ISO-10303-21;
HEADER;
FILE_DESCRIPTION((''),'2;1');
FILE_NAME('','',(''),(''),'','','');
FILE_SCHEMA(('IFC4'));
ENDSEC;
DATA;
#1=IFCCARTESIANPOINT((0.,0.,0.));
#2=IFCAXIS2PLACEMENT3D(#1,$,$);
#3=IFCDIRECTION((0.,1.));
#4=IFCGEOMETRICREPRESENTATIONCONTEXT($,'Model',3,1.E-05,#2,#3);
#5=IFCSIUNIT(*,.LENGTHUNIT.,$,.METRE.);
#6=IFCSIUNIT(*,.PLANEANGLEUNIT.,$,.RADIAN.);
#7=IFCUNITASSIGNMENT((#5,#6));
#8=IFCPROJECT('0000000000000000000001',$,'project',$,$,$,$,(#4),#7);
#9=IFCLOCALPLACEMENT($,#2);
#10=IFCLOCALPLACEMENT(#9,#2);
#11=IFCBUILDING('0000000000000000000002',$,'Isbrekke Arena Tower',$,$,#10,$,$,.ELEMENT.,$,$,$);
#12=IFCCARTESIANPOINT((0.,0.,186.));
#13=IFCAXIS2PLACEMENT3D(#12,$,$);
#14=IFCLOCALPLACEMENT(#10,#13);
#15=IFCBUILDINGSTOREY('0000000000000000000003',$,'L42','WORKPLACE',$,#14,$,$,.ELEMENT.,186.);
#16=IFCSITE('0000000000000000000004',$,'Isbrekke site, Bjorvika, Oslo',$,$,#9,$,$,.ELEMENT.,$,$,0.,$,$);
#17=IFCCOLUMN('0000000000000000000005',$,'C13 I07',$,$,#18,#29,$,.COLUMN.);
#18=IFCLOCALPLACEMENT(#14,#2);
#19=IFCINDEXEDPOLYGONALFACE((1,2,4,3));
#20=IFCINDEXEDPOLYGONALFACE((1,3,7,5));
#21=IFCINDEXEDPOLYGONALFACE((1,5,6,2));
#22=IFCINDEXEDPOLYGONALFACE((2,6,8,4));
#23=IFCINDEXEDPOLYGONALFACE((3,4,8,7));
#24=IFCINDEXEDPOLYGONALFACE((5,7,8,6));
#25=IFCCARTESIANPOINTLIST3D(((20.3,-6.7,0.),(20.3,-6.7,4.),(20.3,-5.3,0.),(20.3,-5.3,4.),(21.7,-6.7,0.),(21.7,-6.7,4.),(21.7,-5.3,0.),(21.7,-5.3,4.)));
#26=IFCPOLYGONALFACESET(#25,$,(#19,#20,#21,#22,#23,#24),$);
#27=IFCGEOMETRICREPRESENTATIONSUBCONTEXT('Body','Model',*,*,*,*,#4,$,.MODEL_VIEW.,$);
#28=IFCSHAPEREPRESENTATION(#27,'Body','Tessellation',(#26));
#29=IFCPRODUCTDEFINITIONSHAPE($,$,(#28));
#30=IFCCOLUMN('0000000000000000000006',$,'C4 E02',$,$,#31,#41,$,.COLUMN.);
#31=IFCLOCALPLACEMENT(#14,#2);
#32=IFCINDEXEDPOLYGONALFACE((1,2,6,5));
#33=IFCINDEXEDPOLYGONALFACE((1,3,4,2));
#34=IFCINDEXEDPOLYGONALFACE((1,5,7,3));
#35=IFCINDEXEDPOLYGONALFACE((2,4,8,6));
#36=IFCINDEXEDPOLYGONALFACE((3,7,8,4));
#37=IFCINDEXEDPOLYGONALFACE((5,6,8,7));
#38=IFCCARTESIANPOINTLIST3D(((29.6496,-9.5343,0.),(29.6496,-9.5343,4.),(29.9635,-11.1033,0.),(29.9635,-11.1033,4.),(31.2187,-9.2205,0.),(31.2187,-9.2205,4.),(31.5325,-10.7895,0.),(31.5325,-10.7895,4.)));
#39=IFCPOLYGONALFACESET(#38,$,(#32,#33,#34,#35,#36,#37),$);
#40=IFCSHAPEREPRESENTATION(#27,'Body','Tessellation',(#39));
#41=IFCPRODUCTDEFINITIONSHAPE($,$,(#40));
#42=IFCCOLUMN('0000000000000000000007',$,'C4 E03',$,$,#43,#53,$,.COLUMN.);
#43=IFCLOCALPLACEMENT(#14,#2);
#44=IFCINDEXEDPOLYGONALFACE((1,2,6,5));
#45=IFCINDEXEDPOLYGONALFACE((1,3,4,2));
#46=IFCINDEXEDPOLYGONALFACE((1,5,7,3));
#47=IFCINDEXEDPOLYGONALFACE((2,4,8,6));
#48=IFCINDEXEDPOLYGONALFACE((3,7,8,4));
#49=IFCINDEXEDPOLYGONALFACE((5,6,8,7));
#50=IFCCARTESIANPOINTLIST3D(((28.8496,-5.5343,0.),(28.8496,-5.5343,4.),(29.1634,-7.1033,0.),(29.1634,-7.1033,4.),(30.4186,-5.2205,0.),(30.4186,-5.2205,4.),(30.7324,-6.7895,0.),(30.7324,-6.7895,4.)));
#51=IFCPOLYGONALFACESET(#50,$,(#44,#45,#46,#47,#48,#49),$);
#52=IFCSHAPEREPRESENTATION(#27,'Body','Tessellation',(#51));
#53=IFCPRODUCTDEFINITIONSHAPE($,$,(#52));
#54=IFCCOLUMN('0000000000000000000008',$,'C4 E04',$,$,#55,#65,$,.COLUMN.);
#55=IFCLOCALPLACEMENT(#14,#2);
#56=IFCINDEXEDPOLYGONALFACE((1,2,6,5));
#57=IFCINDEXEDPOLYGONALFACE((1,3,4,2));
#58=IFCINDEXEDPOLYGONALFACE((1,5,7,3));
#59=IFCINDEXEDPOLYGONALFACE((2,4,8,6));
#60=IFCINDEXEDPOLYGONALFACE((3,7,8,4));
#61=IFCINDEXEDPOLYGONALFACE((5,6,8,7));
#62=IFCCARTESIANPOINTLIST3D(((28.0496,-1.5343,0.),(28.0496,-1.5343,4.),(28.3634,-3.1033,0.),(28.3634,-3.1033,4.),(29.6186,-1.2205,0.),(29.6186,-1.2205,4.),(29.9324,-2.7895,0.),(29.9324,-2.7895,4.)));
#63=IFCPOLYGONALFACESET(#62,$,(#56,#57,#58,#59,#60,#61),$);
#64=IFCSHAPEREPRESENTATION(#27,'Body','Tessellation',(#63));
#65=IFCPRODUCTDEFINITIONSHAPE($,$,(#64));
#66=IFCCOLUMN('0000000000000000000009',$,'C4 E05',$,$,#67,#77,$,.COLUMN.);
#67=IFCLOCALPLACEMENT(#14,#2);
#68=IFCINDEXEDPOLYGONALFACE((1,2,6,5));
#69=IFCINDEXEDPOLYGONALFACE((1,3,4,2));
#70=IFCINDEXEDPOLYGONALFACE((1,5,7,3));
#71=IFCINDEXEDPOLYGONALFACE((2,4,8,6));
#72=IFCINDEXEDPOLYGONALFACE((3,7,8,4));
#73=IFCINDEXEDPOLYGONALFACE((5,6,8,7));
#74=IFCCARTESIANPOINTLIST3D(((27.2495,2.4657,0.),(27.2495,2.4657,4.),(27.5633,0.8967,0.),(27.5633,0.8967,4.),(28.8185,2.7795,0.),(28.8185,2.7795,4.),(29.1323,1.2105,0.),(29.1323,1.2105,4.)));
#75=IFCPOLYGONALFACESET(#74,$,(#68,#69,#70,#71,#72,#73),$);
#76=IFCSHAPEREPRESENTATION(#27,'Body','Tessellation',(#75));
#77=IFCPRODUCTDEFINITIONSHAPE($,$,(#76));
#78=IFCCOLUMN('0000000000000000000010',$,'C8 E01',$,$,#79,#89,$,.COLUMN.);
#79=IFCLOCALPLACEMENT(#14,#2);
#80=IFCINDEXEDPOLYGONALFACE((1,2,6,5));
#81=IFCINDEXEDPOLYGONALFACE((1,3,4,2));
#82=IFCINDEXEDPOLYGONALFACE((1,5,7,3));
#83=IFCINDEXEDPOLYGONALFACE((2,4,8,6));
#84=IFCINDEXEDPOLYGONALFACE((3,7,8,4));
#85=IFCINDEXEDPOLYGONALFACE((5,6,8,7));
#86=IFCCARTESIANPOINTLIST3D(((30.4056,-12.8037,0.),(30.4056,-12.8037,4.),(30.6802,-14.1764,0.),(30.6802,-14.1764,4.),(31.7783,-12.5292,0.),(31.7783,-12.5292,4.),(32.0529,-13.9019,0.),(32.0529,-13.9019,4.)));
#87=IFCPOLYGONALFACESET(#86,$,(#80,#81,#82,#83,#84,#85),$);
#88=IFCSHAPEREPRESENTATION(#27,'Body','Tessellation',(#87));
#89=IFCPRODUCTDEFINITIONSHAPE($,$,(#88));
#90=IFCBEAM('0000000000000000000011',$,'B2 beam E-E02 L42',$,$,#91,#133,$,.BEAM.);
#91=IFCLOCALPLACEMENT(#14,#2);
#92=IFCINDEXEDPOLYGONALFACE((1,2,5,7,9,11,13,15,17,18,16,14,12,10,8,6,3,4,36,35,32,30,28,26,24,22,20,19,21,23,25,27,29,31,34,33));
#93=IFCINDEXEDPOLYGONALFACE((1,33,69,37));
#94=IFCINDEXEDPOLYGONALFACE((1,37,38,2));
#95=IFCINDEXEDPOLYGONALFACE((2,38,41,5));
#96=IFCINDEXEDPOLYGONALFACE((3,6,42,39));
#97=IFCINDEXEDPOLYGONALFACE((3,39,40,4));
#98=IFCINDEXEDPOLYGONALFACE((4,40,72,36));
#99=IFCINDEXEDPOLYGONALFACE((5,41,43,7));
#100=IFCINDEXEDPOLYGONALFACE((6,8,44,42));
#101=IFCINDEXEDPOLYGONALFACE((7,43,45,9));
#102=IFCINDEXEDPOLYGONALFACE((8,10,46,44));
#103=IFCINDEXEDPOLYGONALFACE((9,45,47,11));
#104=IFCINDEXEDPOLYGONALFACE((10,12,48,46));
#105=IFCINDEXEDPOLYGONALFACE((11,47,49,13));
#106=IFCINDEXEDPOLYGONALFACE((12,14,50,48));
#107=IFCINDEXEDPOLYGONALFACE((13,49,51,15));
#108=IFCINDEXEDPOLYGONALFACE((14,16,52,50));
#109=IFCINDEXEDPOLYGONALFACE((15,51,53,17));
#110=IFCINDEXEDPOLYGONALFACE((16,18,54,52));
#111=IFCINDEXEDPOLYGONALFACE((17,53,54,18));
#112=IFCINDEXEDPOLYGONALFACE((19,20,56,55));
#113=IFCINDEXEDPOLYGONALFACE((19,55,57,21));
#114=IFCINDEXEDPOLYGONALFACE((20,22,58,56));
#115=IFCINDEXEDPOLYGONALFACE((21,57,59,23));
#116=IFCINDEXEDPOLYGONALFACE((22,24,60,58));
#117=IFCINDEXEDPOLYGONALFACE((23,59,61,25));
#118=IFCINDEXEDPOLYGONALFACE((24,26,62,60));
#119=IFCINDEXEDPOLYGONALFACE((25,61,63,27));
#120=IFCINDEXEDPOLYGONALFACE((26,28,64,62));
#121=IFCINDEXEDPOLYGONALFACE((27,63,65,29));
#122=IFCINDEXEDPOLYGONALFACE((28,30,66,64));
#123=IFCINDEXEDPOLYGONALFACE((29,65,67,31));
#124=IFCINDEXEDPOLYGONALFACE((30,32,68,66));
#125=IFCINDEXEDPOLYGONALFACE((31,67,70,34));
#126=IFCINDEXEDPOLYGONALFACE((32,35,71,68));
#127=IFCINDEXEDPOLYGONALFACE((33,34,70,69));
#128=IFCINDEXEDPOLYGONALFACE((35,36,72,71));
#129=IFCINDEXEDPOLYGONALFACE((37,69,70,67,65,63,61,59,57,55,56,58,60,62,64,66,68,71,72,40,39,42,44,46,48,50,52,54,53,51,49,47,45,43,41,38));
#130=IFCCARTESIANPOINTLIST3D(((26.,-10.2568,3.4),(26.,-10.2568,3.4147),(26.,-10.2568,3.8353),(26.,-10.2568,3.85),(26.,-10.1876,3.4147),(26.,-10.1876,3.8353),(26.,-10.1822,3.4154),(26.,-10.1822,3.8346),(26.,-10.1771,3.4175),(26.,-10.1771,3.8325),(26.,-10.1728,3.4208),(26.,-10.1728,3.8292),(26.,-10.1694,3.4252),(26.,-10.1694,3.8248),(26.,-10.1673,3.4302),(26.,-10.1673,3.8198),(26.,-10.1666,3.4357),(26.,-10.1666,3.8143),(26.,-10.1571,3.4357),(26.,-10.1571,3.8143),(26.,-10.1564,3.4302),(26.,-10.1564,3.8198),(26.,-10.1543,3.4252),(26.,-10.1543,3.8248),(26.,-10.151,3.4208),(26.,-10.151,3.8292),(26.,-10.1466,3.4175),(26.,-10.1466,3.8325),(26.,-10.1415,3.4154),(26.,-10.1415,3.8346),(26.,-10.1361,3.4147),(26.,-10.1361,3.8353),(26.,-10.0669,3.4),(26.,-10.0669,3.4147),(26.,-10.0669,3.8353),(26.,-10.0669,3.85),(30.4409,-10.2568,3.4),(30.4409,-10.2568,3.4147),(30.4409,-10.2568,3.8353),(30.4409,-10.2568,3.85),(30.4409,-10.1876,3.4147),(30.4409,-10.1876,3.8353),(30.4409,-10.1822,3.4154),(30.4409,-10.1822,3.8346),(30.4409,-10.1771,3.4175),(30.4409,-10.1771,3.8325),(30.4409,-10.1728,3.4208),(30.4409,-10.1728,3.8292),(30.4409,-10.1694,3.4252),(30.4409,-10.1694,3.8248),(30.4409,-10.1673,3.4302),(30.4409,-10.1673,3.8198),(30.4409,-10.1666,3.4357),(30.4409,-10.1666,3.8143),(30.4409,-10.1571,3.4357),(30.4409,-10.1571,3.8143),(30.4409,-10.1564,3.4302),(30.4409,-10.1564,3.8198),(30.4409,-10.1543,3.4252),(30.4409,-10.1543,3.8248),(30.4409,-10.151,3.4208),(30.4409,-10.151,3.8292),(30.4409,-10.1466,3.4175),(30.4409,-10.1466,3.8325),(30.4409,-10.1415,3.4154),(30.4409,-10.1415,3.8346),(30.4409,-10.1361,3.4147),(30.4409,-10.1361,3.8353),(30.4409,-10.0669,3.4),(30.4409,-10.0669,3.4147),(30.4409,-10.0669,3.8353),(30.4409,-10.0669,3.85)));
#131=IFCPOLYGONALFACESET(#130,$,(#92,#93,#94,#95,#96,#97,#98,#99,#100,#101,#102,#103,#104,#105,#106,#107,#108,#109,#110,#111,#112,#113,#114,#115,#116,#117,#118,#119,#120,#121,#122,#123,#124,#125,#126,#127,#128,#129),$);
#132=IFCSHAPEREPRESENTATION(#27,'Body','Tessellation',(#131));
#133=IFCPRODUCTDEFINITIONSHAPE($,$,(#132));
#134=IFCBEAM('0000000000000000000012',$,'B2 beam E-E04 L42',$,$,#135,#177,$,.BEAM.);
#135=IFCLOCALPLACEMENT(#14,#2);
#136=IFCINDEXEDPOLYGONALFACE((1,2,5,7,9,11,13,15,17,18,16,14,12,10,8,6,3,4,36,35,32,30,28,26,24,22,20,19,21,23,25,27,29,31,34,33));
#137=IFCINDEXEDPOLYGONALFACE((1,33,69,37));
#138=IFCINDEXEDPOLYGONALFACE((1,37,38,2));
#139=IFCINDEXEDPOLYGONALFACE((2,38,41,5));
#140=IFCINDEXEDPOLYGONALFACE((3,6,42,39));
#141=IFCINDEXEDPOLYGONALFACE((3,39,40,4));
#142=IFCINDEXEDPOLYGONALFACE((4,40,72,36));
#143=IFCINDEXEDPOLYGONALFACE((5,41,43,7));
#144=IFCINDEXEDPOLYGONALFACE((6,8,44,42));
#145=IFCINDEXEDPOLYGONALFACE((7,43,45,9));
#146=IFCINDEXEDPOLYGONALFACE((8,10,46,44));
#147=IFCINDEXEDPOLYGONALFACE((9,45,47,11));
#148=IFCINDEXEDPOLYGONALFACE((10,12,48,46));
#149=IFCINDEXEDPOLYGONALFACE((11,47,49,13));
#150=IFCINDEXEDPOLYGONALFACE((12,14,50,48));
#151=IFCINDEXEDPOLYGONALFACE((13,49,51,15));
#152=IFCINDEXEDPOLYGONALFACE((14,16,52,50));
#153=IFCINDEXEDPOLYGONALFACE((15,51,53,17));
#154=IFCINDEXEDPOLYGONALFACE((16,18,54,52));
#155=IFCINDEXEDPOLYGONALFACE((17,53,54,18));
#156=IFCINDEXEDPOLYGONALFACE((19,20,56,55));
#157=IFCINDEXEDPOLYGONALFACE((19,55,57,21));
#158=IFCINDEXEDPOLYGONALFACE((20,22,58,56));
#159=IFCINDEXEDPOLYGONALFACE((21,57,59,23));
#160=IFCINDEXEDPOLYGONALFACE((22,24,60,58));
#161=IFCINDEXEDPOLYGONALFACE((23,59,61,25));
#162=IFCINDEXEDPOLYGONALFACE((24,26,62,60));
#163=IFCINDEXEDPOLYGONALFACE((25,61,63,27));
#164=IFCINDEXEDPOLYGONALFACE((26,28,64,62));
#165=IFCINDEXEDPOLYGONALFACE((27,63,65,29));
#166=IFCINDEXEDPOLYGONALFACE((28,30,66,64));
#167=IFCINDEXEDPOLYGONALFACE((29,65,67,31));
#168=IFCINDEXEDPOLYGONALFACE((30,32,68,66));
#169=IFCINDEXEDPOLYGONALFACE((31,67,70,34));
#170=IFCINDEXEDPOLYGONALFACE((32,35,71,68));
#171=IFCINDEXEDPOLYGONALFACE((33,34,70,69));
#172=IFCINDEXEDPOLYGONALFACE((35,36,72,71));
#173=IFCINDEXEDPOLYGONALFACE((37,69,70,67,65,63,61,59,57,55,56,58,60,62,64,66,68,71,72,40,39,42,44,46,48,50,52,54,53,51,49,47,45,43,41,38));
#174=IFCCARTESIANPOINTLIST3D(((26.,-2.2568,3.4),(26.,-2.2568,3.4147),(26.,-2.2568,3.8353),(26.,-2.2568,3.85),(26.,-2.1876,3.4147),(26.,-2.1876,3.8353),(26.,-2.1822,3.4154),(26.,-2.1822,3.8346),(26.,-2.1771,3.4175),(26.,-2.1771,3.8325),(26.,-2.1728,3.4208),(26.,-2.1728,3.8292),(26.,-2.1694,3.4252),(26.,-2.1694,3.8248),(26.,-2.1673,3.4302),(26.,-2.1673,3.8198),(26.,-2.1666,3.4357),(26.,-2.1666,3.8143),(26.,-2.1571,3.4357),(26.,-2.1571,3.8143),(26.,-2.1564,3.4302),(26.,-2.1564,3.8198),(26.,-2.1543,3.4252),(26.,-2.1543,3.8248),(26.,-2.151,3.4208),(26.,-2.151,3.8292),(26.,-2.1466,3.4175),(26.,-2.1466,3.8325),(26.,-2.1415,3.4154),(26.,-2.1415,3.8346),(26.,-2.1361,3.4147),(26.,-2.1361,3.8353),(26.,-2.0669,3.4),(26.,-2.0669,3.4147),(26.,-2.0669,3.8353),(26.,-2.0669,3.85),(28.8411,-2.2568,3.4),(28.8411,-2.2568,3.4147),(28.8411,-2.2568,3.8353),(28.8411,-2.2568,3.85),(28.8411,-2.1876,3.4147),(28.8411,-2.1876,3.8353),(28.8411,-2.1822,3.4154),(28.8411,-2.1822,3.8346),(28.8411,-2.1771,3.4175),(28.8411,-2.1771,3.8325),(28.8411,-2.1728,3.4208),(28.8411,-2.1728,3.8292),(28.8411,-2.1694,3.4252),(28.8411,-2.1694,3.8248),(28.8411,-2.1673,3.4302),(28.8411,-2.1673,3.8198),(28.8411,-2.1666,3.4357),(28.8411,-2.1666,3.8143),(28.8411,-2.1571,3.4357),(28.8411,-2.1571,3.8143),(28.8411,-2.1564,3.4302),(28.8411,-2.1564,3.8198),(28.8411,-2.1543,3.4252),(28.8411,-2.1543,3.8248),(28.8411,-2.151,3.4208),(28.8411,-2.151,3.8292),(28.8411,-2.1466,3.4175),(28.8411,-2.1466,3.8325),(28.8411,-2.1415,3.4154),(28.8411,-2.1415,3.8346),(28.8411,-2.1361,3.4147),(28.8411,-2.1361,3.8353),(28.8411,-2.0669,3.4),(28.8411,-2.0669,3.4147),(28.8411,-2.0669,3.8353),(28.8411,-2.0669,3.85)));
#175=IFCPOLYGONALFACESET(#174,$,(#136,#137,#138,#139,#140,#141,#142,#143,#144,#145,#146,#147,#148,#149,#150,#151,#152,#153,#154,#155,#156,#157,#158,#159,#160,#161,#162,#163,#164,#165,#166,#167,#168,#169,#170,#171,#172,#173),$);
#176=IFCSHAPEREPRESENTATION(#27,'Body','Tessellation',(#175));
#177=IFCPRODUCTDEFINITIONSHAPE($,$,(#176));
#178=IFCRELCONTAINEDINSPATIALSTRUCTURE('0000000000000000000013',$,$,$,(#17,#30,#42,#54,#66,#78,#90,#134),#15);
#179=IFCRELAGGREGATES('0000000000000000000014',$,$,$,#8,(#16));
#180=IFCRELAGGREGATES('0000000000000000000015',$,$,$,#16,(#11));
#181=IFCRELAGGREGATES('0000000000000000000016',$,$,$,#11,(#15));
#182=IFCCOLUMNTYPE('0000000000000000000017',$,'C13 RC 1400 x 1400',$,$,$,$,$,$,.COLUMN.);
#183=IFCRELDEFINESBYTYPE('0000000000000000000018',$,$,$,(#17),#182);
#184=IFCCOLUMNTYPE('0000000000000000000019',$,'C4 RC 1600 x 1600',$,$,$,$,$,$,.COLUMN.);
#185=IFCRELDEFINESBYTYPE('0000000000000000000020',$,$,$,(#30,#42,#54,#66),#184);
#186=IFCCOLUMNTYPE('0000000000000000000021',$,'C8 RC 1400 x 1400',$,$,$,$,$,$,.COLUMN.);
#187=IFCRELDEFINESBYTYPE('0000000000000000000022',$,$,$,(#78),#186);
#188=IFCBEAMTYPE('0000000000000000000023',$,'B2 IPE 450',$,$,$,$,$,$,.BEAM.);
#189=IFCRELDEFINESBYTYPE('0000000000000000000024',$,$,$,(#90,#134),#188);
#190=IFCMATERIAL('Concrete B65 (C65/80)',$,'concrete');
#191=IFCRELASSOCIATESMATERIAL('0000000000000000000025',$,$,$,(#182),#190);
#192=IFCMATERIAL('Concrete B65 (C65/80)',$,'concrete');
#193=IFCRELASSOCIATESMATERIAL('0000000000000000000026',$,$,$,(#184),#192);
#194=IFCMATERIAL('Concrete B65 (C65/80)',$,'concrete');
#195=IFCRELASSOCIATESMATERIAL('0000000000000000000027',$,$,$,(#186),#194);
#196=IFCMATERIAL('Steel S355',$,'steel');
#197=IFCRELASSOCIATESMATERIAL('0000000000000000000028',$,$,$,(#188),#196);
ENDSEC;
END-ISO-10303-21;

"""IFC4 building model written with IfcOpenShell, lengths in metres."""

from ifc_helpers import new_model, si_unit, direction, frame, origin, origin_2d, place, context, subcontext, project, spatial, rectangle, i_section, extrude, material, material_profile, profile_set, type_object, element, save


model = new_model("IFC4")

# Units and contexts
model_context = context("Model", 3, precision=1e-05, world=origin(), true_north=direction((0.0, 1.0)))
body_context = subcontext(model_context, "Body", "Model", "MODEL_VIEW")
ifc_project = project(units=[si_unit("LENGTHUNIT", "METRE"), si_unit("PLANEANGLEUNIT", "RADIAN")], contexts=[model_context])

# Site, building, storey
site_placement = place(None, origin())
site = spatial("IfcSite", under=ifc_project, at=site_placement, Name="Isbrekke site, Bjorvika, Oslo", CompositionType="ELEMENT", RefElevation=0.0)
building_placement = place(site_placement, origin())
building = spatial("IfcBuilding", under=site, at=building_placement, Name="Isbrekke Arena Tower", CompositionType="ELEMENT")
storey_placement = place(building_placement, frame((0.0, 0.0, 186.0)))
storey = spatial("IfcBuildingStorey", under=building, at=storey_placement, Name="L42", Description="WORKPLACE", CompositionType="ELEMENT", Elevation=186.0)

# Columns
ifc_material_1 = material(Name="Concrete B65 (C65/80)", Category="concrete")
ifc_material_profile_1 = material_profile(ifc_material_1, rectangle(XDim=1.3999, YDim=1.3999, at=origin_2d()), Name="RC 1400x1400")
ifc_profile_set_1 = profile_set([ifc_material_profile_1], Name="Concrete B65 (C65/80)")
column_type_1 = type_object("IfcColumnType", Name="C13 RC 1400 x 1400", PredefinedType="COLUMN", material=ifc_profile_set_1)
column_1_placement = place(storey_placement, frame((21.0, -6.0, 0.0), z_axis=(0.0, 0.0, 1.0), x_axis=(1.0, 0.0, 0.0)))
element("IfcColumn", 1, at=column_1_placement, inside=storey, type_object=column_type_1, Name="C13 I07", PredefinedType="COLUMN", context=body_context, shape_type="SweptSolid", body=[
    extrude(rectangle(XDim=1.3999, YDim=1.3999, at=origin_2d()), origin(), (0.0, 0.0, 1.0), 4.0),
])
ifc_material_2 = material(Name="Concrete B65 (C65/80)", Category="concrete")
ifc_material_profile_2 = material_profile(ifc_material_2, rectangle(XDim=1.6001, YDim=1.6001, at=origin_2d()), Name="RC 1600x1600")
ifc_profile_set_2 = profile_set([ifc_material_profile_2], Name="Concrete B65 (C65/80)")
column_type_2 = type_object("IfcColumnType", Name="C4 RC 1600 x 1600", PredefinedType="COLUMN", material=ifc_profile_set_2)
for number, where, z_axis, x_axis, name in (
    (2, (30.5911, -10.1619, 0.0), (0.0, 0.0, 1.0), (-0.196116, 0.980581, 0.0), "C4 E02"),
    (3, (29.791, -6.1619, 0.0), (0.0, 0.0, 1.0), (-0.196116, 0.980581, 0.0), "C4 E03"),
    (4, (28.991, -2.1619, 0.0), (0.0, 0.0, 1.0), (-0.196116, 0.980581, 0.0), "C4 E04"),
    (5, (28.1909, 1.8381, 0.0), (0.0, 0.0, 1.0), (-0.196116, 0.980581, 0.0), "C4 E05"),
):
    element("IfcColumn", number, at=place(storey_placement, frame(where, z_axis=z_axis, x_axis=x_axis)), inside=storey, type_object=column_type_2, Name=name, PredefinedType="COLUMN", context=body_context, shape_type="SweptSolid", body=[
        extrude(rectangle(XDim=1.6001, YDim=1.6001, at=origin_2d()), origin(), (0.0, 0.0, 1.0), 4.0),
    ])
ifc_material_3 = material(Name="Concrete B65 (C65/80)", Category="concrete")
ifc_material_profile_3 = material_profile(ifc_material_3, rectangle(XDim=1.3999, YDim=1.3999, at=origin_2d()), Name="RC 1400x1400")
ifc_profile_set_3 = profile_set([ifc_material_profile_3], Name="Concrete B65 (C65/80)")
column_type_3 = type_object("IfcColumnType", Name="C8 RC 1400 x 1400", PredefinedType="COLUMN", material=ifc_profile_set_3)
column_2_placement = place(storey_placement, frame((31.2292, -13.3528, 0.0), z_axis=(0.0, 0.0, 1.0), x_axis=(-0.196116, 0.980581, 0.0)))
element("IfcColumn", 6, at=column_2_placement, inside=storey, type_object=column_type_3, Name="C8 E01", PredefinedType="COLUMN", context=body_context, shape_type="SweptSolid", body=[
    extrude(rectangle(XDim=1.3999, YDim=1.3999, at=origin_2d()), origin(), (0.0, 0.0, 1.0), 4.0),
])

# Beams
ifc_material_4 = material(Name="Steel S355", Category="steel")
ifc_material_profile_4 = material_profile(ifc_material_4, i_section(OverallWidth=0.1899, OverallDepth=0.45, WebThickness=0.0095, FlangeThickness=0.0146, FilletRadius=0.021, at=origin_2d()), Name="IPE 450")
ifc_profile_set_4 = profile_set([ifc_material_profile_4], Name="Steel S355")
beam_type_1 = type_object("IfcBeamType", Name="B2 IPE 450", PredefinedType="BEAM", material=ifc_profile_set_4)
beam_1_placement = place(storey_placement, frame((30.4409, -10.1619, 3.625), z_axis=(-1.0, 0.0, 0.0), x_axis=(0.0, -1.0, 0.0)))
element("IfcBeam", 7, at=beam_1_placement, inside=storey, type_object=beam_type_1, Name="B2 beam E-E02 L42", PredefinedType="BEAM", context=body_context, shape_type="SweptSolid", body=[
    extrude(i_section(OverallWidth=0.1899, OverallDepth=0.45, WebThickness=0.0095, FlangeThickness=0.0146, FilletRadius=0.021, at=origin_2d()), origin(), (0.0, 0.0, 1.0), 4.4409),
])
beam_2_placement = place(storey_placement, frame((28.8411, -2.1619, 3.625), z_axis=(-1.0, 0.0, 0.0), x_axis=(0.0, -1.0, 0.0)))
element("IfcBeam", 8, at=beam_2_placement, inside=storey, type_object=beam_type_1, Name="B2 beam E-E04 L42", PredefinedType="BEAM", context=body_context, shape_type="SweptSolid", body=[
    extrude(i_section(OverallWidth=0.1899, OverallDepth=0.45, WebThickness=0.0095, FlangeThickness=0.0146, FilletRadius=0.021, at=origin_2d()), origin(), (0.0, 0.0, 1.0), 2.8411),
])

save(model, "model.ifc")
